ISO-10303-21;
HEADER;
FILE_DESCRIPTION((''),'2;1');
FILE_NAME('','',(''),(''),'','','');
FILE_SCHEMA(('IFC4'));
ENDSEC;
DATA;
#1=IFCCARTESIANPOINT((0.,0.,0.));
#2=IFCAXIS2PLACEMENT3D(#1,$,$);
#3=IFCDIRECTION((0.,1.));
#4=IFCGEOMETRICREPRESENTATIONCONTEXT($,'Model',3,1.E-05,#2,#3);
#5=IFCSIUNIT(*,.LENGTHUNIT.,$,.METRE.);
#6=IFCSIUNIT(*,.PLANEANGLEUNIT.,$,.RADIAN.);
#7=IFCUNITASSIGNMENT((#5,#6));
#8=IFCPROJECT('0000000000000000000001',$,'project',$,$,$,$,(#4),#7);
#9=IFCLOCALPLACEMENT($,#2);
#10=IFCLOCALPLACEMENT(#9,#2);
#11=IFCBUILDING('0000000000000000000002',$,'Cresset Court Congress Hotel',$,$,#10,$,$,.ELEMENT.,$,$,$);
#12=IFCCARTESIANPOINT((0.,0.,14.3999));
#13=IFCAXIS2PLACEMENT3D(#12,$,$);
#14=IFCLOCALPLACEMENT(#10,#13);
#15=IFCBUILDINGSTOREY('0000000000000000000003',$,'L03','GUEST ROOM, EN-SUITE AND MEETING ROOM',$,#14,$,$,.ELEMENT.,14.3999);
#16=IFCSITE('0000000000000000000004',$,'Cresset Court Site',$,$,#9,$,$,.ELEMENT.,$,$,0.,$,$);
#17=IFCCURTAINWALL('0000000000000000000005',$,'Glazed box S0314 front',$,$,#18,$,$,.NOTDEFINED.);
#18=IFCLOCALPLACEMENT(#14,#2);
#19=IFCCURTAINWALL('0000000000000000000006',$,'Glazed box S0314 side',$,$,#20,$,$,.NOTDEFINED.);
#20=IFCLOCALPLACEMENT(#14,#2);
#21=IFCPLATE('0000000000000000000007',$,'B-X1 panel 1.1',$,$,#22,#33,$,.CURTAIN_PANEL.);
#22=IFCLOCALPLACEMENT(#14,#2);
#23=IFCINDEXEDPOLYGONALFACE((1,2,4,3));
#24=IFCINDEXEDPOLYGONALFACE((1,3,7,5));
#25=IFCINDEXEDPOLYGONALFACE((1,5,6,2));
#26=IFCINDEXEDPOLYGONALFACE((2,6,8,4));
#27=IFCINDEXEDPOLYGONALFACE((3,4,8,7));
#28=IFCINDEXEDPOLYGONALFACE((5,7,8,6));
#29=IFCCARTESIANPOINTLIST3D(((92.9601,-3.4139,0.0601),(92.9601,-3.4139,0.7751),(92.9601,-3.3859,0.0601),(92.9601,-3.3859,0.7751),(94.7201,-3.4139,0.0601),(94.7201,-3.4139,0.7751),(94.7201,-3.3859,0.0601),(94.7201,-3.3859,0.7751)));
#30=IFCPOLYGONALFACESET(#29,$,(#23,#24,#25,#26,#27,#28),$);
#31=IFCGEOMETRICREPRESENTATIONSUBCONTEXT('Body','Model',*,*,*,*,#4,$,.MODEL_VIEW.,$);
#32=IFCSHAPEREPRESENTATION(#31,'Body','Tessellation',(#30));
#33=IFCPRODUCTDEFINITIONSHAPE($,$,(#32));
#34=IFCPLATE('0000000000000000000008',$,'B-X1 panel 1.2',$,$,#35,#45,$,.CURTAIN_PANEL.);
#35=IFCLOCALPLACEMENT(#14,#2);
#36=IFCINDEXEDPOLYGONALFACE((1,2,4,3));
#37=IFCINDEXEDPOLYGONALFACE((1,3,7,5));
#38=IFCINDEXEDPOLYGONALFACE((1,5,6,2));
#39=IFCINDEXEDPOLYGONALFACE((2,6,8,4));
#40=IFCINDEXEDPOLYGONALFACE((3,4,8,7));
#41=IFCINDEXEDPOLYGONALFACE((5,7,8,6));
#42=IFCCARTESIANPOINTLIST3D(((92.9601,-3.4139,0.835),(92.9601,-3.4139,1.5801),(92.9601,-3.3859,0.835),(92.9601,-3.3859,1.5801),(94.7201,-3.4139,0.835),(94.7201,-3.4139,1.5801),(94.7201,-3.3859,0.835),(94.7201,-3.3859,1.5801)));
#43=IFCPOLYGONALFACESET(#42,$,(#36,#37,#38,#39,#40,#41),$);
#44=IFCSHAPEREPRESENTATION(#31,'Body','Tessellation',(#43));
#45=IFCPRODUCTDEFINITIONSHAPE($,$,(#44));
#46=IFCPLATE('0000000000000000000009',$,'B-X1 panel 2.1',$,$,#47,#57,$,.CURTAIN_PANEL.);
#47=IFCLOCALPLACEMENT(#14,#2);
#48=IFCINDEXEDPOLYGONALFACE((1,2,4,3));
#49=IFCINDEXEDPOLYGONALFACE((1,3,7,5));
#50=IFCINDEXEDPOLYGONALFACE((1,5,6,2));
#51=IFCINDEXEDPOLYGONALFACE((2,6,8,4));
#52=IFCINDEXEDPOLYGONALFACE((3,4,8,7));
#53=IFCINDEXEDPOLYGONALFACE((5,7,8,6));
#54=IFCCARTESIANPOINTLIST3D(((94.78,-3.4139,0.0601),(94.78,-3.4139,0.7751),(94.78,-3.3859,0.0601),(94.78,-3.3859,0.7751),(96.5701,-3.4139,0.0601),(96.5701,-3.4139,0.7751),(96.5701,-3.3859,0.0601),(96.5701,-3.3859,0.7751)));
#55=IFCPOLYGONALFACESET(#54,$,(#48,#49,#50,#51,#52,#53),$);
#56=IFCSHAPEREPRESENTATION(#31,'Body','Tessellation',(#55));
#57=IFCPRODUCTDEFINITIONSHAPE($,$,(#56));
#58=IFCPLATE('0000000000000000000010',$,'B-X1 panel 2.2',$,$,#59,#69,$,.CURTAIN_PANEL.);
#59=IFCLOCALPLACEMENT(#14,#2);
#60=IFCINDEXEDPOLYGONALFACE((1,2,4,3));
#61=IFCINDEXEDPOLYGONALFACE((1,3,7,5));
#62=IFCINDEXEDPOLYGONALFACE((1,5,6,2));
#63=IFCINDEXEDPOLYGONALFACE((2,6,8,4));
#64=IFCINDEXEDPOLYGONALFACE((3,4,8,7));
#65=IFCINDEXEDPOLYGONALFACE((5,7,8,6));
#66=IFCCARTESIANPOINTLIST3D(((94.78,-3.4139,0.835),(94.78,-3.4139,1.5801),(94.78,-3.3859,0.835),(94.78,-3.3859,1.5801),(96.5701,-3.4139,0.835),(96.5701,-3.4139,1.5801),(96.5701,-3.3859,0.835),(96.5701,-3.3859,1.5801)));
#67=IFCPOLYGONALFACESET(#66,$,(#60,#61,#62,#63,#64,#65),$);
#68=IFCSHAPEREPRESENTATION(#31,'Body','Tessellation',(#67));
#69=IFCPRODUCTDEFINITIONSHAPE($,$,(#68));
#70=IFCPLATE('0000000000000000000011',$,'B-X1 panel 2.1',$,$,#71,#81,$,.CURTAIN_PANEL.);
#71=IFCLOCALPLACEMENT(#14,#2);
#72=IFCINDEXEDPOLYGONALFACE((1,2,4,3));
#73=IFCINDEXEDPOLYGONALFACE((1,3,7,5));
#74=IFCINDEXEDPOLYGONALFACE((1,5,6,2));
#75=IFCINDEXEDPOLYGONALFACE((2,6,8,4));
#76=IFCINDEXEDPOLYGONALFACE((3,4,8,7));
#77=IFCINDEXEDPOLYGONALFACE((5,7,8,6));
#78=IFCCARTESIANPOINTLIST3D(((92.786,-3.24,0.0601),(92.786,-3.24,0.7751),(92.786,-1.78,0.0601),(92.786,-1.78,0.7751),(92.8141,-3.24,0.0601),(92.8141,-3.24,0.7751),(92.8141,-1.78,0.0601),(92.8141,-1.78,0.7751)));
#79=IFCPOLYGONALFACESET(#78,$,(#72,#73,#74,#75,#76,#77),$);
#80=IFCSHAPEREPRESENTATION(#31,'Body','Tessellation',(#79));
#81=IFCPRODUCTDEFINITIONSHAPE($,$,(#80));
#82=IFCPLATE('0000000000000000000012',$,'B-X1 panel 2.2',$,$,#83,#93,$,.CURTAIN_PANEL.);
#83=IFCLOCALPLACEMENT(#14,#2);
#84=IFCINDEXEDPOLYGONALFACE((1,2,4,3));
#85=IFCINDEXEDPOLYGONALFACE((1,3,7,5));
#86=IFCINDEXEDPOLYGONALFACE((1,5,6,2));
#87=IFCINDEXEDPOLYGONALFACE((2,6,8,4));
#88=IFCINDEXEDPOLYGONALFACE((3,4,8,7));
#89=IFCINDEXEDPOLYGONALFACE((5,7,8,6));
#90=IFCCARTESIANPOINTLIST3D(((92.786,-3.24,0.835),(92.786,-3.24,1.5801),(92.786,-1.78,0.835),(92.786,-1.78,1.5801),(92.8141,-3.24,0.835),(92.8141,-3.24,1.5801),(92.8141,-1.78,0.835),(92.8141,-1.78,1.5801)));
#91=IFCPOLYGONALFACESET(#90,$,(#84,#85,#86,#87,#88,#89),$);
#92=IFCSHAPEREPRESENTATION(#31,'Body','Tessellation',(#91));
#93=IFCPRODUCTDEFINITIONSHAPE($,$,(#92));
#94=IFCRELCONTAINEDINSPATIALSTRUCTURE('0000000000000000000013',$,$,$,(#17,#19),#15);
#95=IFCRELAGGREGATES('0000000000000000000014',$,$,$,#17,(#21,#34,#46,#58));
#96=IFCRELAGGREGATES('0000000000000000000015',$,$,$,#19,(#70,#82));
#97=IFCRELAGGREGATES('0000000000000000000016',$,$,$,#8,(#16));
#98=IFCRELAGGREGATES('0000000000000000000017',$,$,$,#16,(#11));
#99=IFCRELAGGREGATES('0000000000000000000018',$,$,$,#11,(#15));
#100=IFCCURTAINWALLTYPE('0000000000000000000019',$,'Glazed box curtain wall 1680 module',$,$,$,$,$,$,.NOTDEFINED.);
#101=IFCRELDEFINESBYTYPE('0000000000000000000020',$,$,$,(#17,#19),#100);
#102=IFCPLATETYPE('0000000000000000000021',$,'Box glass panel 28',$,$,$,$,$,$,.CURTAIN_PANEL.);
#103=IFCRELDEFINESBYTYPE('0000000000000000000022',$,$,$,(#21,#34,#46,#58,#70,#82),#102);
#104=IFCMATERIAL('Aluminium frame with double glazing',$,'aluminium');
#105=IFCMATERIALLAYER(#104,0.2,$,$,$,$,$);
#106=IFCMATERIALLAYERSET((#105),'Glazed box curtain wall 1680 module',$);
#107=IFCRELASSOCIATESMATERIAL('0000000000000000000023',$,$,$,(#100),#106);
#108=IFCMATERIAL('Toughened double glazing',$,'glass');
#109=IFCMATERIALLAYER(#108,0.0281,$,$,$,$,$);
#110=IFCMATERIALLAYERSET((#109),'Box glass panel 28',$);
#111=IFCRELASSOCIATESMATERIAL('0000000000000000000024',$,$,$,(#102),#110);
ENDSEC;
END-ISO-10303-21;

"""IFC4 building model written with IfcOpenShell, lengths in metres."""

from ifc_helpers import new_model, si_unit, direction, frame, origin, origin_2d, place, context, subcontext, project, spatial, rectangle, extrude, material, layer, layer_set, type_object, element, aggregate, save


model = new_model("IFC4")

# Units and contexts
model_context = context("Model", 3, precision=1e-05, world=origin(), true_north=direction((0.0, 1.0)))
body_context = subcontext(model_context, "Body", "Model", "MODEL_VIEW")
ifc_project = project(units=[si_unit("LENGTHUNIT", "METRE"), si_unit("PLANEANGLEUNIT", "RADIAN")], contexts=[model_context])

# Site, building, storey
site_placement = place(None, origin())
site = spatial("IfcSite", under=ifc_project, at=site_placement, Name="Cresset Court Site", CompositionType="ELEMENT", RefElevation=0.0)
building_placement = place(site_placement, origin())
building = spatial("IfcBuilding", under=site, at=building_placement, Name="Cresset Court Congress Hotel", CompositionType="ELEMENT")
storey_placement = place(building_placement, frame((0.0, 0.0, 14.3999)))
storey = spatial("IfcBuildingStorey", under=building, at=storey_placement, Name="L03", Description="GUEST ROOM, EN-SUITE AND MEETING ROOM", CompositionType="ELEMENT", Elevation=14.3999)

# Curtain wall
ifc_material_1 = material(Name="Aluminium frame with double glazing", Category="aluminium")
ifc_layer_1 = layer(ifc_material_1, 0.2)
ifc_layer_set_1 = layer_set([ifc_layer_1], Name="Glazed box curtain wall 1680 module")
curtain_wall_type = type_object("IfcCurtainWallType", Name="Glazed box curtain wall 1680 module", PredefinedType="NOTDEFINED", material=ifc_layer_set_1)
curtain_wall_1_placement = place(storey_placement, origin())
curtain_wall_1 = element("IfcCurtainWall", 1, at=curtain_wall_1_placement, inside=storey, type_object=curtain_wall_type, Name="Glazed box S0314 front", PredefinedType="NOTDEFINED")

# Curtain wall
curtain_wall_2_placement = place(storey_placement, origin())
curtain_wall_2 = element("IfcCurtainWall", 2, at=curtain_wall_2_placement, inside=storey, type_object=curtain_wall_type, Name="Glazed box S0314 side", PredefinedType="NOTDEFINED")

# Plates
ifc_material_2 = material(Name="Toughened double glazing", Category="glass")
ifc_layer_2 = layer(ifc_material_2, 0.0281)
ifc_layer_set_2 = layer_set([ifc_layer_2], Name="Box glass panel 28")
plate_type = type_object("IfcPlateType", Name="Box glass panel 28", PredefinedType="CURTAIN_PANEL", material=ifc_layer_set_2)
plate_1_placement = place(storey_placement, frame((93.8401, -3.3999, 0.0601), z_axis=(0.0, 0.0, 1.0), x_axis=(1.0, 0.0, 0.0)))
plate_1 = element("IfcPlate", 3, at=plate_1_placement, type_object=plate_type, Name="B-X1 panel 1.1", PredefinedType="CURTAIN_PANEL", context=body_context, shape_type="SweptSolid", body=[
    extrude(rectangle(XDim=1.76, YDim=0.0281, at=origin_2d()), origin(), (0.0, 0.0, 1.0), 0.7151),
])
plate_2_placement = place(storey_placement, frame((93.8401, -3.3999, 0.835), z_axis=(0.0, 0.0, 1.0), x_axis=(1.0, 0.0, 0.0)))
plate_2 = element("IfcPlate", 4, at=plate_2_placement, type_object=plate_type, Name="B-X1 panel 1.2", PredefinedType="CURTAIN_PANEL", context=body_context, shape_type="SweptSolid", body=[
    extrude(rectangle(XDim=1.76, YDim=0.0281, at=origin_2d()), origin(), (0.0, 0.0, 1.0), 0.7451),
])
plate_3_placement = place(storey_placement, frame((95.675, -3.3999, 0.0601), z_axis=(0.0, 0.0, 1.0), x_axis=(1.0, 0.0, 0.0)))
plate_3 = element("IfcPlate", 5, at=plate_3_placement, type_object=plate_type, Name="B-X1 panel 2.1", PredefinedType="CURTAIN_PANEL", context=body_context, shape_type="SweptSolid", body=[
    extrude(rectangle(XDim=1.79, YDim=0.0281, at=origin_2d()), origin(), (0.0, 0.0, 1.0), 0.7151),
])
plate_4_placement = place(storey_placement, frame((95.675, -3.3999, 0.835), z_axis=(0.0, 0.0, 1.0), x_axis=(1.0, 0.0, 0.0)))
plate_4 = element("IfcPlate", 6, at=plate_4_placement, type_object=plate_type, Name="B-X1 panel 2.2", PredefinedType="CURTAIN_PANEL", context=body_context, shape_type="SweptSolid", body=[
    extrude(rectangle(XDim=1.79, YDim=0.0281, at=origin_2d()), origin(), (0.0, 0.0, 1.0), 0.7451),
])
aggregate(curtain_wall_1, [plate_1, plate_2, plate_3, plate_4])
plate_5_placement = place(storey_placement, frame((92.8, -2.51, 0.0601), z_axis=(0.0, 0.0, 1.0), x_axis=(0.0, -1.0, 0.0)))
plate_5 = element("IfcPlate", 7, at=plate_5_placement, type_object=plate_type, Name="B-X1 panel 2.1", PredefinedType="CURTAIN_PANEL", context=body_context, shape_type="SweptSolid", body=[
    extrude(rectangle(XDim=1.46, YDim=0.0281, at=origin_2d()), origin(), (0.0, 0.0, 1.0), 0.7151),
])
plate_6_placement = place(storey_placement, frame((92.8, -2.51, 0.835), z_axis=(0.0, 0.0, 1.0), x_axis=(0.0, -1.0, 0.0)))
plate_6 = element("IfcPlate", 8, at=plate_6_placement, type_object=plate_type, Name="B-X1 panel 2.2", PredefinedType="CURTAIN_PANEL", context=body_context, shape_type="SweptSolid", body=[
    extrude(rectangle(XDim=1.46, YDim=0.0281, at=origin_2d()), origin(), (0.0, 0.0, 1.0), 0.7451),
])
aggregate(curtain_wall_2, [plate_5, plate_6])

save(model, "model.ifc")
